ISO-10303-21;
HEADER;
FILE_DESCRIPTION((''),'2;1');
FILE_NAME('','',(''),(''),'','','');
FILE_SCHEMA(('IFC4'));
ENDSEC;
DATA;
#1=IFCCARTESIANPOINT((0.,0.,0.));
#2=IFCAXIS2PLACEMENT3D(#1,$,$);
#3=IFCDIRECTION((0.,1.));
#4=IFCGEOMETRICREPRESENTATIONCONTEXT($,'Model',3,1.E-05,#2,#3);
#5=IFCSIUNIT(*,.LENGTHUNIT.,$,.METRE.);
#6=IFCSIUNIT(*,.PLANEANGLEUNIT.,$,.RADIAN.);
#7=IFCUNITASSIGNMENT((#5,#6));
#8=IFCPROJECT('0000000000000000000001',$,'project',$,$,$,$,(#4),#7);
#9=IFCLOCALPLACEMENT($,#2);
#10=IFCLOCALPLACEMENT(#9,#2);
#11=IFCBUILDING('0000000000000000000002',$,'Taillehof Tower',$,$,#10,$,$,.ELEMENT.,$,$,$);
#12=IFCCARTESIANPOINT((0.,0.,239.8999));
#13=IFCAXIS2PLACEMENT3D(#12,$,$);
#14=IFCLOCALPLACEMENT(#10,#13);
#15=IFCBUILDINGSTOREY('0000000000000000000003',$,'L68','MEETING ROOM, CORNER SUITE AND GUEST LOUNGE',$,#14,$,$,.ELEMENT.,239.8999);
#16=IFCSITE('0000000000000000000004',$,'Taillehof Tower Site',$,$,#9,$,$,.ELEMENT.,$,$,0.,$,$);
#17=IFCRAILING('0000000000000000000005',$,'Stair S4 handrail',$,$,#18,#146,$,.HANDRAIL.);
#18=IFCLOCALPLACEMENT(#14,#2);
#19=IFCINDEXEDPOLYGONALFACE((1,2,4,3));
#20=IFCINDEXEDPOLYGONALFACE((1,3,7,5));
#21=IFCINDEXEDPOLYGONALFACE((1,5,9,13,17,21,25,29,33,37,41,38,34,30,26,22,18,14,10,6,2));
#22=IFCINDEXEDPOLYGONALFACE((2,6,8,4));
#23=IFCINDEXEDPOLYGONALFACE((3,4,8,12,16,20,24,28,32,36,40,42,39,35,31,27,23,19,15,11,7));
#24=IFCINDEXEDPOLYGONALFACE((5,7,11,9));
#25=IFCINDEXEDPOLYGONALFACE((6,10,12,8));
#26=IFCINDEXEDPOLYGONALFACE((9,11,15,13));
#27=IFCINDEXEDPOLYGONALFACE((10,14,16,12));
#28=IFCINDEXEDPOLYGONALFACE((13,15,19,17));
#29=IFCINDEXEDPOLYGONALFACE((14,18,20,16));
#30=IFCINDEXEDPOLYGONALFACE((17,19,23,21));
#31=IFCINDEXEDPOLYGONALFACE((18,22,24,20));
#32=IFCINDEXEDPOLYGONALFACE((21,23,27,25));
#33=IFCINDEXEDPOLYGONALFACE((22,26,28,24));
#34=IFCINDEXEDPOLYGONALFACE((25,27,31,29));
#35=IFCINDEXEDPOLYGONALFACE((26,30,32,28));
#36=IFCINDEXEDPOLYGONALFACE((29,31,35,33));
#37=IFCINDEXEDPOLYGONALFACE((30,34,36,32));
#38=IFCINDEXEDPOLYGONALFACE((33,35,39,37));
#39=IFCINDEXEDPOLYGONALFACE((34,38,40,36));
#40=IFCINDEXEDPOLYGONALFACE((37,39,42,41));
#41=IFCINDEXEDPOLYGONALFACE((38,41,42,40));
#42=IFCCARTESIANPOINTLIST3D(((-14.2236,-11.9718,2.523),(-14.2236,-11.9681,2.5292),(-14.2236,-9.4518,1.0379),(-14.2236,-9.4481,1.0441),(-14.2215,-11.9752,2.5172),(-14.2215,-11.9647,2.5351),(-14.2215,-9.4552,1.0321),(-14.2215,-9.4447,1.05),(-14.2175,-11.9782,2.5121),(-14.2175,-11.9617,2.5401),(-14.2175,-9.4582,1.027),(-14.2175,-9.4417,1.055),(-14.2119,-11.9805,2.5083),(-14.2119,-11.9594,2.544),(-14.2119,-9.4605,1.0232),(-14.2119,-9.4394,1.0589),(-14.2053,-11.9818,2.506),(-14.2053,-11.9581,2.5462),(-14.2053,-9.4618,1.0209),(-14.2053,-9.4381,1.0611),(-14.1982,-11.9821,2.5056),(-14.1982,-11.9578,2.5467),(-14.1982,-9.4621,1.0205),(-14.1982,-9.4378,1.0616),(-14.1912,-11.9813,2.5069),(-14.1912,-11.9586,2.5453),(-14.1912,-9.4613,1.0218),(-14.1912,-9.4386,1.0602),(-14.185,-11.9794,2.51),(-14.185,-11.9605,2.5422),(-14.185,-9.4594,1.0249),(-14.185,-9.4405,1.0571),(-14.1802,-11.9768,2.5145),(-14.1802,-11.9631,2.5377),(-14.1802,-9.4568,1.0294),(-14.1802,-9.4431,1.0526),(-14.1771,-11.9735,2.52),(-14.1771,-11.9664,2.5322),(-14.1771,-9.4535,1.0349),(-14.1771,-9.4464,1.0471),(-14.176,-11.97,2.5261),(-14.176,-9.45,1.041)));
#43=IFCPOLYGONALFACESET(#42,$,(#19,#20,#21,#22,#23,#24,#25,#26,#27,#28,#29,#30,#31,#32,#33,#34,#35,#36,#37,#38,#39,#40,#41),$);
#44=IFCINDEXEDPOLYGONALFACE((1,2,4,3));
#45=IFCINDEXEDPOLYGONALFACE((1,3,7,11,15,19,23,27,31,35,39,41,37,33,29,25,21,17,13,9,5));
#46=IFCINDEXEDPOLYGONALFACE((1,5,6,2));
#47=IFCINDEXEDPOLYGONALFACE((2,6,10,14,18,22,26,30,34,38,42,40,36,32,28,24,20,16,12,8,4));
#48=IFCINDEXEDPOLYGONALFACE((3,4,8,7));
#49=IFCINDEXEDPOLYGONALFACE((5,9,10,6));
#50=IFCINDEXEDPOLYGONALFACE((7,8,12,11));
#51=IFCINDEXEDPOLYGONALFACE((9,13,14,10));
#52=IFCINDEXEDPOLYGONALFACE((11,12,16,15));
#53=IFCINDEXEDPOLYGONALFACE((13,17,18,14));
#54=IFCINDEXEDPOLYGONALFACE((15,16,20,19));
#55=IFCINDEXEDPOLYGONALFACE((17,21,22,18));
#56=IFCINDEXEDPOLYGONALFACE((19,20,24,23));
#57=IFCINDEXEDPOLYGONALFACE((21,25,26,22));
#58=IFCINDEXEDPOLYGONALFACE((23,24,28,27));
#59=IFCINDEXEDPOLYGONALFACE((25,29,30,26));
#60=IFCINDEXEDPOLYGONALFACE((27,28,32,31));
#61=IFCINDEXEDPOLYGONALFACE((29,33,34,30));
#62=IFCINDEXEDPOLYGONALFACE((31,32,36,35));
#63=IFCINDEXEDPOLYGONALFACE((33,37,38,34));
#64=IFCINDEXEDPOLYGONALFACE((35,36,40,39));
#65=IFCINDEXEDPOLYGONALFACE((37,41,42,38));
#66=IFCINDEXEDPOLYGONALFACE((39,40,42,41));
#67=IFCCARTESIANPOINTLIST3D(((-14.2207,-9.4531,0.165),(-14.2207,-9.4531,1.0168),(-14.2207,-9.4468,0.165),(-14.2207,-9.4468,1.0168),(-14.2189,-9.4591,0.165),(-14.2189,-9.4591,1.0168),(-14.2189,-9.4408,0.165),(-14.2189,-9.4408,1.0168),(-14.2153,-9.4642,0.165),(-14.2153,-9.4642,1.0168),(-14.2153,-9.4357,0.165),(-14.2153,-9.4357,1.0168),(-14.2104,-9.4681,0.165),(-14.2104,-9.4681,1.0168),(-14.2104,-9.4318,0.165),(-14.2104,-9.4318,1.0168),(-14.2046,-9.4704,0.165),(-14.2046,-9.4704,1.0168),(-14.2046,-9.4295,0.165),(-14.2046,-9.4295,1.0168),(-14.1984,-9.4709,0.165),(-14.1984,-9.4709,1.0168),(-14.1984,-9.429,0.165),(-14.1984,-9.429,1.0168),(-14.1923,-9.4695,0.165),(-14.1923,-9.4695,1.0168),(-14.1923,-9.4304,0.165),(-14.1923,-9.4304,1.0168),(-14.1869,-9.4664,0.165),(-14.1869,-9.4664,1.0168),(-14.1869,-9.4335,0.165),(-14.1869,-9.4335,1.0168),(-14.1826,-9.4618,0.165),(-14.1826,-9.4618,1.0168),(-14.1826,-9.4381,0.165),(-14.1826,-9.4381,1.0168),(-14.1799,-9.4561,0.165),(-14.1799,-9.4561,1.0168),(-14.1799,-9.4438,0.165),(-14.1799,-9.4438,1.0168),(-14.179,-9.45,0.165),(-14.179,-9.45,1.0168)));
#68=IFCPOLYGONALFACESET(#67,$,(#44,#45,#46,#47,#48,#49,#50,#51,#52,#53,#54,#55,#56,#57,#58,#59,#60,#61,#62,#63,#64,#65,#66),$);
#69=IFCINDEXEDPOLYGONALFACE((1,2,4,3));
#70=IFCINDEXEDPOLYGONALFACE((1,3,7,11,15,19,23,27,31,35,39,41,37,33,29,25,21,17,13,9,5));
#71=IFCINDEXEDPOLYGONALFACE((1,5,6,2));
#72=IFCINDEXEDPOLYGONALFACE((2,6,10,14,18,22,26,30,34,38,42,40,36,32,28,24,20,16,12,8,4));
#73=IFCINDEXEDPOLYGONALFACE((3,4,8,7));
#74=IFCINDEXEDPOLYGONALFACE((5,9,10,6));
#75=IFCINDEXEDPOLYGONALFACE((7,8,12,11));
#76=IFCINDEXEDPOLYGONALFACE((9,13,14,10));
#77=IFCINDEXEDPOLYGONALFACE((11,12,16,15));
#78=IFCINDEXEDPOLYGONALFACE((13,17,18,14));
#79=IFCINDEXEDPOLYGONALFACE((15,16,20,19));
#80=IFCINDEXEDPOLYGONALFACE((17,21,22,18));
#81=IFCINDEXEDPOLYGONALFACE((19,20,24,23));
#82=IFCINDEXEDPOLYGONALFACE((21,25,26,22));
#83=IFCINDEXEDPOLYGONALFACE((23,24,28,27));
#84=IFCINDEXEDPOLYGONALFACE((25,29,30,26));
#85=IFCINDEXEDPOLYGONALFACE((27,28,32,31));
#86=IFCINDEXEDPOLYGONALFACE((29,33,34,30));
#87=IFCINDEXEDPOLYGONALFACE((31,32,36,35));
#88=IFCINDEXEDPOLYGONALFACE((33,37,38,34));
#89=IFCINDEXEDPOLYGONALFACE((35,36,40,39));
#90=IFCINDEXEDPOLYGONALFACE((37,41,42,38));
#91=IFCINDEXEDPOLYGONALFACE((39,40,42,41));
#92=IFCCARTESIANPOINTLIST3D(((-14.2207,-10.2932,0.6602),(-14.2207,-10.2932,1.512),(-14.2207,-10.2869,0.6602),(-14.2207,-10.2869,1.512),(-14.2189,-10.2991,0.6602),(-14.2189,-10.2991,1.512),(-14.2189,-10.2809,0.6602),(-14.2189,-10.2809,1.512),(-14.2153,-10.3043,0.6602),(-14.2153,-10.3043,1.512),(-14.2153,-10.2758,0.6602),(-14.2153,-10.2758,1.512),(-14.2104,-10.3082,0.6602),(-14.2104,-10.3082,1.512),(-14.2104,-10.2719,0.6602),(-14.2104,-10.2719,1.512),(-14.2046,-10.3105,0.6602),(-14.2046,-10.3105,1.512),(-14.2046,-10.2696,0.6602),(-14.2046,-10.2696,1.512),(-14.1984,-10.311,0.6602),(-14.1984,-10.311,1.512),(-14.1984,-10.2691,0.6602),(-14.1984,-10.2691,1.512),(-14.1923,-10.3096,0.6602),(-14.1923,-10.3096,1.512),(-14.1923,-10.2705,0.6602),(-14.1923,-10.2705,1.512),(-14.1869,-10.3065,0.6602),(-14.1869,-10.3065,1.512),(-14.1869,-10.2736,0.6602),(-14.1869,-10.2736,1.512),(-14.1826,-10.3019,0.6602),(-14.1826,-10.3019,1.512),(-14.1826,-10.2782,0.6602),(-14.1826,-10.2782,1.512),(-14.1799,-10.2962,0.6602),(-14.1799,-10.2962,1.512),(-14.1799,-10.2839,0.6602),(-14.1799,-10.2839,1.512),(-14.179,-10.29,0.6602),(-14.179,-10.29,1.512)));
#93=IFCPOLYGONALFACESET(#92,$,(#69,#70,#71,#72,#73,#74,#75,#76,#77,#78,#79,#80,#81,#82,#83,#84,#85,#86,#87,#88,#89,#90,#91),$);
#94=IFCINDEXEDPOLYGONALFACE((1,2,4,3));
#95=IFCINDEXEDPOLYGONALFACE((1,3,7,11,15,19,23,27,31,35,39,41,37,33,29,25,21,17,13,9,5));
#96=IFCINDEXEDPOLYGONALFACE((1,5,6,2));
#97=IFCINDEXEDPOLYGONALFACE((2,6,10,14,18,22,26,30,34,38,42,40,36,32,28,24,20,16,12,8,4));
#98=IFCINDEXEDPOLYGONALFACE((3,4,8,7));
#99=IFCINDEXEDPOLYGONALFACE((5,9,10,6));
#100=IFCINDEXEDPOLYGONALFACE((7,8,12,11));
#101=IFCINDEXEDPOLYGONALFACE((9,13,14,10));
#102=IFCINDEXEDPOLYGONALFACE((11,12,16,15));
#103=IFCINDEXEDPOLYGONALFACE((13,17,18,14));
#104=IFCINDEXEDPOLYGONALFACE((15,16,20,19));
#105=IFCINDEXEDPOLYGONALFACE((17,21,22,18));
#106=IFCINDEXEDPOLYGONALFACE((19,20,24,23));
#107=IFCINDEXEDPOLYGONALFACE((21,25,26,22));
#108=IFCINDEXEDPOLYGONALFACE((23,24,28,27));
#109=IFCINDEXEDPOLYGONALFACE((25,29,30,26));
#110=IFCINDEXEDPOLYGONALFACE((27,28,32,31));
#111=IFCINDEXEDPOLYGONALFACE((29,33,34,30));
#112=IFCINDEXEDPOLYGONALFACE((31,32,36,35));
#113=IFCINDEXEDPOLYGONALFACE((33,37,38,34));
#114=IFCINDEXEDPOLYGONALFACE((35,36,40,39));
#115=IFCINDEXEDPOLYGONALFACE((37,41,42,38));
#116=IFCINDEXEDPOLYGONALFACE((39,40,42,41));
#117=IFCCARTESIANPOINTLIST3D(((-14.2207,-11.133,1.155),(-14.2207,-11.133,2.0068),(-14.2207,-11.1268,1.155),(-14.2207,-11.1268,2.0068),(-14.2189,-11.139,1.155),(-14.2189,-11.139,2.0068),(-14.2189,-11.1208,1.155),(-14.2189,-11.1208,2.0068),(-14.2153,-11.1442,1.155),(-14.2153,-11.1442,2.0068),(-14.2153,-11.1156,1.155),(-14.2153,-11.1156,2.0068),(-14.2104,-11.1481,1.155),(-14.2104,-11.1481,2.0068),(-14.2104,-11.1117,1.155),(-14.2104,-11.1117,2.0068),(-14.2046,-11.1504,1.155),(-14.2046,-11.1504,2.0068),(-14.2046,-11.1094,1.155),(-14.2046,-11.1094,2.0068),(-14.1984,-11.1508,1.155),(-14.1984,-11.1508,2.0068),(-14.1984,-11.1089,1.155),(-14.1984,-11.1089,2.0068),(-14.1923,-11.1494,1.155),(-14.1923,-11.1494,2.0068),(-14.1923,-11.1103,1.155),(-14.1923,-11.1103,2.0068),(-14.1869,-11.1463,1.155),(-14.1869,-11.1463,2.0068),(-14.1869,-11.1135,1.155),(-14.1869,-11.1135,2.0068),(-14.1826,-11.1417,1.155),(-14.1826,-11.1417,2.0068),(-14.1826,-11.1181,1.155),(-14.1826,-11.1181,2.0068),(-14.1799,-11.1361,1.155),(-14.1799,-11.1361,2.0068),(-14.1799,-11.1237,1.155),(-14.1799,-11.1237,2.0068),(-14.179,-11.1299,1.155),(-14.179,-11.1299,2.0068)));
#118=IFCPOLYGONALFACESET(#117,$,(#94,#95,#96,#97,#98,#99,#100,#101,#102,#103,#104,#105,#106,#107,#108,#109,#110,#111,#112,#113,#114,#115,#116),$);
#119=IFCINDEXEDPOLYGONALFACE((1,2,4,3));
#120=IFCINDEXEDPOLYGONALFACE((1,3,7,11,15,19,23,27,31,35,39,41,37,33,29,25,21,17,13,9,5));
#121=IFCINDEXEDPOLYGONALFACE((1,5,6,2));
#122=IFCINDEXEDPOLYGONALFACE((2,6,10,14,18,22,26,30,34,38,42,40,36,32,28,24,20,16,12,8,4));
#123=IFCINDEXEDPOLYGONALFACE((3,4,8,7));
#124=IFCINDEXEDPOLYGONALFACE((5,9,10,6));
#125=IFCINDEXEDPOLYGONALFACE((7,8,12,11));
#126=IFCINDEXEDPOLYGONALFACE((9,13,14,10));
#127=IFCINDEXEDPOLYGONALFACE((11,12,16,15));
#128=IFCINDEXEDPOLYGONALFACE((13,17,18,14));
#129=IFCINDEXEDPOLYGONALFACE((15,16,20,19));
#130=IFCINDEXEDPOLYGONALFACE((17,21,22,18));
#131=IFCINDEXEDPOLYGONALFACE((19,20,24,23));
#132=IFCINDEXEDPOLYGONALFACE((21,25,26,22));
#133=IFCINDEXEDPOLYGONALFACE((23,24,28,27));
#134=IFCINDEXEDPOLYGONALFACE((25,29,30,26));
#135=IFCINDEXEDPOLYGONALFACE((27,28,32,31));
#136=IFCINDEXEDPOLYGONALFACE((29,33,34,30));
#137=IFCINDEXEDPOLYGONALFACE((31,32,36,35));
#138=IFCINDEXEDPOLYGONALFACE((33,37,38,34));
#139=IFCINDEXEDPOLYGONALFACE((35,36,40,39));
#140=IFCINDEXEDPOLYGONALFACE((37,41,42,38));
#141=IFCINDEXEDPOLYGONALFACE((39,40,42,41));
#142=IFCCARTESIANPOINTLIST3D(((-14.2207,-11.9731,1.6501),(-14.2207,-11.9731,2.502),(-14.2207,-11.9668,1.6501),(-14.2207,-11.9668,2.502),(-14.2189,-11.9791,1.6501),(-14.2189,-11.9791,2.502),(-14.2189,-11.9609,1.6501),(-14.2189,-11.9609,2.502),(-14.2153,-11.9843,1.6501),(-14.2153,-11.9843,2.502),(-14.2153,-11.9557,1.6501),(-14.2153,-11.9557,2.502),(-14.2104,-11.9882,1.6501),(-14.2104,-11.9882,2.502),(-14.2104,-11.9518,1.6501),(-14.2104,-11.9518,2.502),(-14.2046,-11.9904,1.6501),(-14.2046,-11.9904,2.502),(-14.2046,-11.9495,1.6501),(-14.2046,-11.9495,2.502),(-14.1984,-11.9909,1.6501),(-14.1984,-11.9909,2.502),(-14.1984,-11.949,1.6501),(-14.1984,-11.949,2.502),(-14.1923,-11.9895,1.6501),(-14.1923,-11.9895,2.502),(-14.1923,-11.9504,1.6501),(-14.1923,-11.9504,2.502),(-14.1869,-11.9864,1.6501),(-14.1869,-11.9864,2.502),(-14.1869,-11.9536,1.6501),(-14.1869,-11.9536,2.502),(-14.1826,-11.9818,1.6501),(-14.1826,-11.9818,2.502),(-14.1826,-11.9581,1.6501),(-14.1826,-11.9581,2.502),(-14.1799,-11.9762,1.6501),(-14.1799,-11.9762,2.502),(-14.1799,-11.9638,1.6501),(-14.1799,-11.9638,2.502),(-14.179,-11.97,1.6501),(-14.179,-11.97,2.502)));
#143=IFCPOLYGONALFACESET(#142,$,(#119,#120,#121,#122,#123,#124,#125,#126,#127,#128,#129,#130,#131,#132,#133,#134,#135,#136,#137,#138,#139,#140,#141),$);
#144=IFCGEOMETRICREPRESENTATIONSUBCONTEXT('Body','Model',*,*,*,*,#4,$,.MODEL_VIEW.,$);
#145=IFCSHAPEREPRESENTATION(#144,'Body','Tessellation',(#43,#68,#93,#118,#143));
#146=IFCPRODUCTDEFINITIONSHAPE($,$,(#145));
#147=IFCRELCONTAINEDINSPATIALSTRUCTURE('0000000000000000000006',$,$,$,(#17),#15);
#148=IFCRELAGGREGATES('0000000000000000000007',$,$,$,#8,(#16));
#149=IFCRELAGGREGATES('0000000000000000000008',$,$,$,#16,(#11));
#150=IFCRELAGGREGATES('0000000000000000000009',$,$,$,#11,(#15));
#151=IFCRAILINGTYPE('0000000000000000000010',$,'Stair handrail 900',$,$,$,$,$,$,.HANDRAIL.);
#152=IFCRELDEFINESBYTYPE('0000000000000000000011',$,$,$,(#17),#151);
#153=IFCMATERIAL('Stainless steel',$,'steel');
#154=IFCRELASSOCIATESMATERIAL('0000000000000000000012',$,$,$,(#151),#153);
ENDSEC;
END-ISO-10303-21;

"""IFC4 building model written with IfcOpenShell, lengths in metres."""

from ifc_helpers import new_model, si_unit, direction, frame, origin, origin_2d, place, context, subcontext, project, spatial, circle, extrude, material, type_object, element, save


model = new_model("IFC4")

# Units and contexts
model_context = context("Model", 3, precision=1e-05, world=origin(), true_north=direction((0.0, 1.0)))
body_context = subcontext(model_context, "Body", "Model", "MODEL_VIEW")
ifc_project = project(units=[si_unit("LENGTHUNIT", "METRE"), si_unit("PLANEANGLEUNIT", "RADIAN")], contexts=[model_context])

# Site, building, storey
site_placement = place(None, origin())
site = spatial("IfcSite", under=ifc_project, at=site_placement, Name="Taillehof Tower Site", CompositionType="ELEMENT", RefElevation=0.0)
building_placement = place(site_placement, origin())
building = spatial("IfcBuilding", under=site, at=building_placement, Name="Taillehof Tower", CompositionType="ELEMENT")
storey_placement = place(building_placement, frame((0.0, 0.0, 239.8999)))
storey = spatial("IfcBuildingStorey", under=building, at=storey_placement, Name="L68", Description="MEETING ROOM, CORNER SUITE AND GUEST LOUNGE", CompositionType="ELEMENT", Elevation=239.8999)

# Railing
ifc_material_1 = material(Name="Stainless steel", Category="steel")
railing_type = type_object("IfcRailingType", Name="Stair handrail 900", PredefinedType="HANDRAIL", material=ifc_material_1)
railing_placement = place(storey_placement, frame((-14.2, -9.45, 0.165)))
element("IfcRailing", 1, at=railing_placement, inside=storey, type_object=railing_type, Name="Stair S4 handrail", PredefinedType="HANDRAIL", context=body_context, shape_type="SweptSolid", body=[
    extrude(circle(Radius=0.0239, at=origin_2d()), frame((0.0, 0.0, 0.876), z_axis=(0.0, -0.861524, 0.507717), x_axis=(1.0, 0.0, 0.0)), (0.0, 0.0, 1.0), 2.925),
    extrude(circle(Radius=0.021, at=origin_2d()), origin(), (0.0, 0.0, 1.0), 0.8518),
    extrude(circle(Radius=0.021, at=origin_2d()), frame((0.0, -0.8401, 0.4951)), (0.0, 0.0, 1.0), 0.8518),
    extrude(circle(Radius=0.021, at=origin_2d()), frame((0.0, -1.6799, 0.99)), (0.0, 0.0, 1.0), 0.8518),
    extrude(circle(Radius=0.021, at=origin_2d()), frame((0.0, -2.52, 1.4851)), (0.0, 0.0, 1.0), 0.8518),
])

save(model, "model.ifc")
